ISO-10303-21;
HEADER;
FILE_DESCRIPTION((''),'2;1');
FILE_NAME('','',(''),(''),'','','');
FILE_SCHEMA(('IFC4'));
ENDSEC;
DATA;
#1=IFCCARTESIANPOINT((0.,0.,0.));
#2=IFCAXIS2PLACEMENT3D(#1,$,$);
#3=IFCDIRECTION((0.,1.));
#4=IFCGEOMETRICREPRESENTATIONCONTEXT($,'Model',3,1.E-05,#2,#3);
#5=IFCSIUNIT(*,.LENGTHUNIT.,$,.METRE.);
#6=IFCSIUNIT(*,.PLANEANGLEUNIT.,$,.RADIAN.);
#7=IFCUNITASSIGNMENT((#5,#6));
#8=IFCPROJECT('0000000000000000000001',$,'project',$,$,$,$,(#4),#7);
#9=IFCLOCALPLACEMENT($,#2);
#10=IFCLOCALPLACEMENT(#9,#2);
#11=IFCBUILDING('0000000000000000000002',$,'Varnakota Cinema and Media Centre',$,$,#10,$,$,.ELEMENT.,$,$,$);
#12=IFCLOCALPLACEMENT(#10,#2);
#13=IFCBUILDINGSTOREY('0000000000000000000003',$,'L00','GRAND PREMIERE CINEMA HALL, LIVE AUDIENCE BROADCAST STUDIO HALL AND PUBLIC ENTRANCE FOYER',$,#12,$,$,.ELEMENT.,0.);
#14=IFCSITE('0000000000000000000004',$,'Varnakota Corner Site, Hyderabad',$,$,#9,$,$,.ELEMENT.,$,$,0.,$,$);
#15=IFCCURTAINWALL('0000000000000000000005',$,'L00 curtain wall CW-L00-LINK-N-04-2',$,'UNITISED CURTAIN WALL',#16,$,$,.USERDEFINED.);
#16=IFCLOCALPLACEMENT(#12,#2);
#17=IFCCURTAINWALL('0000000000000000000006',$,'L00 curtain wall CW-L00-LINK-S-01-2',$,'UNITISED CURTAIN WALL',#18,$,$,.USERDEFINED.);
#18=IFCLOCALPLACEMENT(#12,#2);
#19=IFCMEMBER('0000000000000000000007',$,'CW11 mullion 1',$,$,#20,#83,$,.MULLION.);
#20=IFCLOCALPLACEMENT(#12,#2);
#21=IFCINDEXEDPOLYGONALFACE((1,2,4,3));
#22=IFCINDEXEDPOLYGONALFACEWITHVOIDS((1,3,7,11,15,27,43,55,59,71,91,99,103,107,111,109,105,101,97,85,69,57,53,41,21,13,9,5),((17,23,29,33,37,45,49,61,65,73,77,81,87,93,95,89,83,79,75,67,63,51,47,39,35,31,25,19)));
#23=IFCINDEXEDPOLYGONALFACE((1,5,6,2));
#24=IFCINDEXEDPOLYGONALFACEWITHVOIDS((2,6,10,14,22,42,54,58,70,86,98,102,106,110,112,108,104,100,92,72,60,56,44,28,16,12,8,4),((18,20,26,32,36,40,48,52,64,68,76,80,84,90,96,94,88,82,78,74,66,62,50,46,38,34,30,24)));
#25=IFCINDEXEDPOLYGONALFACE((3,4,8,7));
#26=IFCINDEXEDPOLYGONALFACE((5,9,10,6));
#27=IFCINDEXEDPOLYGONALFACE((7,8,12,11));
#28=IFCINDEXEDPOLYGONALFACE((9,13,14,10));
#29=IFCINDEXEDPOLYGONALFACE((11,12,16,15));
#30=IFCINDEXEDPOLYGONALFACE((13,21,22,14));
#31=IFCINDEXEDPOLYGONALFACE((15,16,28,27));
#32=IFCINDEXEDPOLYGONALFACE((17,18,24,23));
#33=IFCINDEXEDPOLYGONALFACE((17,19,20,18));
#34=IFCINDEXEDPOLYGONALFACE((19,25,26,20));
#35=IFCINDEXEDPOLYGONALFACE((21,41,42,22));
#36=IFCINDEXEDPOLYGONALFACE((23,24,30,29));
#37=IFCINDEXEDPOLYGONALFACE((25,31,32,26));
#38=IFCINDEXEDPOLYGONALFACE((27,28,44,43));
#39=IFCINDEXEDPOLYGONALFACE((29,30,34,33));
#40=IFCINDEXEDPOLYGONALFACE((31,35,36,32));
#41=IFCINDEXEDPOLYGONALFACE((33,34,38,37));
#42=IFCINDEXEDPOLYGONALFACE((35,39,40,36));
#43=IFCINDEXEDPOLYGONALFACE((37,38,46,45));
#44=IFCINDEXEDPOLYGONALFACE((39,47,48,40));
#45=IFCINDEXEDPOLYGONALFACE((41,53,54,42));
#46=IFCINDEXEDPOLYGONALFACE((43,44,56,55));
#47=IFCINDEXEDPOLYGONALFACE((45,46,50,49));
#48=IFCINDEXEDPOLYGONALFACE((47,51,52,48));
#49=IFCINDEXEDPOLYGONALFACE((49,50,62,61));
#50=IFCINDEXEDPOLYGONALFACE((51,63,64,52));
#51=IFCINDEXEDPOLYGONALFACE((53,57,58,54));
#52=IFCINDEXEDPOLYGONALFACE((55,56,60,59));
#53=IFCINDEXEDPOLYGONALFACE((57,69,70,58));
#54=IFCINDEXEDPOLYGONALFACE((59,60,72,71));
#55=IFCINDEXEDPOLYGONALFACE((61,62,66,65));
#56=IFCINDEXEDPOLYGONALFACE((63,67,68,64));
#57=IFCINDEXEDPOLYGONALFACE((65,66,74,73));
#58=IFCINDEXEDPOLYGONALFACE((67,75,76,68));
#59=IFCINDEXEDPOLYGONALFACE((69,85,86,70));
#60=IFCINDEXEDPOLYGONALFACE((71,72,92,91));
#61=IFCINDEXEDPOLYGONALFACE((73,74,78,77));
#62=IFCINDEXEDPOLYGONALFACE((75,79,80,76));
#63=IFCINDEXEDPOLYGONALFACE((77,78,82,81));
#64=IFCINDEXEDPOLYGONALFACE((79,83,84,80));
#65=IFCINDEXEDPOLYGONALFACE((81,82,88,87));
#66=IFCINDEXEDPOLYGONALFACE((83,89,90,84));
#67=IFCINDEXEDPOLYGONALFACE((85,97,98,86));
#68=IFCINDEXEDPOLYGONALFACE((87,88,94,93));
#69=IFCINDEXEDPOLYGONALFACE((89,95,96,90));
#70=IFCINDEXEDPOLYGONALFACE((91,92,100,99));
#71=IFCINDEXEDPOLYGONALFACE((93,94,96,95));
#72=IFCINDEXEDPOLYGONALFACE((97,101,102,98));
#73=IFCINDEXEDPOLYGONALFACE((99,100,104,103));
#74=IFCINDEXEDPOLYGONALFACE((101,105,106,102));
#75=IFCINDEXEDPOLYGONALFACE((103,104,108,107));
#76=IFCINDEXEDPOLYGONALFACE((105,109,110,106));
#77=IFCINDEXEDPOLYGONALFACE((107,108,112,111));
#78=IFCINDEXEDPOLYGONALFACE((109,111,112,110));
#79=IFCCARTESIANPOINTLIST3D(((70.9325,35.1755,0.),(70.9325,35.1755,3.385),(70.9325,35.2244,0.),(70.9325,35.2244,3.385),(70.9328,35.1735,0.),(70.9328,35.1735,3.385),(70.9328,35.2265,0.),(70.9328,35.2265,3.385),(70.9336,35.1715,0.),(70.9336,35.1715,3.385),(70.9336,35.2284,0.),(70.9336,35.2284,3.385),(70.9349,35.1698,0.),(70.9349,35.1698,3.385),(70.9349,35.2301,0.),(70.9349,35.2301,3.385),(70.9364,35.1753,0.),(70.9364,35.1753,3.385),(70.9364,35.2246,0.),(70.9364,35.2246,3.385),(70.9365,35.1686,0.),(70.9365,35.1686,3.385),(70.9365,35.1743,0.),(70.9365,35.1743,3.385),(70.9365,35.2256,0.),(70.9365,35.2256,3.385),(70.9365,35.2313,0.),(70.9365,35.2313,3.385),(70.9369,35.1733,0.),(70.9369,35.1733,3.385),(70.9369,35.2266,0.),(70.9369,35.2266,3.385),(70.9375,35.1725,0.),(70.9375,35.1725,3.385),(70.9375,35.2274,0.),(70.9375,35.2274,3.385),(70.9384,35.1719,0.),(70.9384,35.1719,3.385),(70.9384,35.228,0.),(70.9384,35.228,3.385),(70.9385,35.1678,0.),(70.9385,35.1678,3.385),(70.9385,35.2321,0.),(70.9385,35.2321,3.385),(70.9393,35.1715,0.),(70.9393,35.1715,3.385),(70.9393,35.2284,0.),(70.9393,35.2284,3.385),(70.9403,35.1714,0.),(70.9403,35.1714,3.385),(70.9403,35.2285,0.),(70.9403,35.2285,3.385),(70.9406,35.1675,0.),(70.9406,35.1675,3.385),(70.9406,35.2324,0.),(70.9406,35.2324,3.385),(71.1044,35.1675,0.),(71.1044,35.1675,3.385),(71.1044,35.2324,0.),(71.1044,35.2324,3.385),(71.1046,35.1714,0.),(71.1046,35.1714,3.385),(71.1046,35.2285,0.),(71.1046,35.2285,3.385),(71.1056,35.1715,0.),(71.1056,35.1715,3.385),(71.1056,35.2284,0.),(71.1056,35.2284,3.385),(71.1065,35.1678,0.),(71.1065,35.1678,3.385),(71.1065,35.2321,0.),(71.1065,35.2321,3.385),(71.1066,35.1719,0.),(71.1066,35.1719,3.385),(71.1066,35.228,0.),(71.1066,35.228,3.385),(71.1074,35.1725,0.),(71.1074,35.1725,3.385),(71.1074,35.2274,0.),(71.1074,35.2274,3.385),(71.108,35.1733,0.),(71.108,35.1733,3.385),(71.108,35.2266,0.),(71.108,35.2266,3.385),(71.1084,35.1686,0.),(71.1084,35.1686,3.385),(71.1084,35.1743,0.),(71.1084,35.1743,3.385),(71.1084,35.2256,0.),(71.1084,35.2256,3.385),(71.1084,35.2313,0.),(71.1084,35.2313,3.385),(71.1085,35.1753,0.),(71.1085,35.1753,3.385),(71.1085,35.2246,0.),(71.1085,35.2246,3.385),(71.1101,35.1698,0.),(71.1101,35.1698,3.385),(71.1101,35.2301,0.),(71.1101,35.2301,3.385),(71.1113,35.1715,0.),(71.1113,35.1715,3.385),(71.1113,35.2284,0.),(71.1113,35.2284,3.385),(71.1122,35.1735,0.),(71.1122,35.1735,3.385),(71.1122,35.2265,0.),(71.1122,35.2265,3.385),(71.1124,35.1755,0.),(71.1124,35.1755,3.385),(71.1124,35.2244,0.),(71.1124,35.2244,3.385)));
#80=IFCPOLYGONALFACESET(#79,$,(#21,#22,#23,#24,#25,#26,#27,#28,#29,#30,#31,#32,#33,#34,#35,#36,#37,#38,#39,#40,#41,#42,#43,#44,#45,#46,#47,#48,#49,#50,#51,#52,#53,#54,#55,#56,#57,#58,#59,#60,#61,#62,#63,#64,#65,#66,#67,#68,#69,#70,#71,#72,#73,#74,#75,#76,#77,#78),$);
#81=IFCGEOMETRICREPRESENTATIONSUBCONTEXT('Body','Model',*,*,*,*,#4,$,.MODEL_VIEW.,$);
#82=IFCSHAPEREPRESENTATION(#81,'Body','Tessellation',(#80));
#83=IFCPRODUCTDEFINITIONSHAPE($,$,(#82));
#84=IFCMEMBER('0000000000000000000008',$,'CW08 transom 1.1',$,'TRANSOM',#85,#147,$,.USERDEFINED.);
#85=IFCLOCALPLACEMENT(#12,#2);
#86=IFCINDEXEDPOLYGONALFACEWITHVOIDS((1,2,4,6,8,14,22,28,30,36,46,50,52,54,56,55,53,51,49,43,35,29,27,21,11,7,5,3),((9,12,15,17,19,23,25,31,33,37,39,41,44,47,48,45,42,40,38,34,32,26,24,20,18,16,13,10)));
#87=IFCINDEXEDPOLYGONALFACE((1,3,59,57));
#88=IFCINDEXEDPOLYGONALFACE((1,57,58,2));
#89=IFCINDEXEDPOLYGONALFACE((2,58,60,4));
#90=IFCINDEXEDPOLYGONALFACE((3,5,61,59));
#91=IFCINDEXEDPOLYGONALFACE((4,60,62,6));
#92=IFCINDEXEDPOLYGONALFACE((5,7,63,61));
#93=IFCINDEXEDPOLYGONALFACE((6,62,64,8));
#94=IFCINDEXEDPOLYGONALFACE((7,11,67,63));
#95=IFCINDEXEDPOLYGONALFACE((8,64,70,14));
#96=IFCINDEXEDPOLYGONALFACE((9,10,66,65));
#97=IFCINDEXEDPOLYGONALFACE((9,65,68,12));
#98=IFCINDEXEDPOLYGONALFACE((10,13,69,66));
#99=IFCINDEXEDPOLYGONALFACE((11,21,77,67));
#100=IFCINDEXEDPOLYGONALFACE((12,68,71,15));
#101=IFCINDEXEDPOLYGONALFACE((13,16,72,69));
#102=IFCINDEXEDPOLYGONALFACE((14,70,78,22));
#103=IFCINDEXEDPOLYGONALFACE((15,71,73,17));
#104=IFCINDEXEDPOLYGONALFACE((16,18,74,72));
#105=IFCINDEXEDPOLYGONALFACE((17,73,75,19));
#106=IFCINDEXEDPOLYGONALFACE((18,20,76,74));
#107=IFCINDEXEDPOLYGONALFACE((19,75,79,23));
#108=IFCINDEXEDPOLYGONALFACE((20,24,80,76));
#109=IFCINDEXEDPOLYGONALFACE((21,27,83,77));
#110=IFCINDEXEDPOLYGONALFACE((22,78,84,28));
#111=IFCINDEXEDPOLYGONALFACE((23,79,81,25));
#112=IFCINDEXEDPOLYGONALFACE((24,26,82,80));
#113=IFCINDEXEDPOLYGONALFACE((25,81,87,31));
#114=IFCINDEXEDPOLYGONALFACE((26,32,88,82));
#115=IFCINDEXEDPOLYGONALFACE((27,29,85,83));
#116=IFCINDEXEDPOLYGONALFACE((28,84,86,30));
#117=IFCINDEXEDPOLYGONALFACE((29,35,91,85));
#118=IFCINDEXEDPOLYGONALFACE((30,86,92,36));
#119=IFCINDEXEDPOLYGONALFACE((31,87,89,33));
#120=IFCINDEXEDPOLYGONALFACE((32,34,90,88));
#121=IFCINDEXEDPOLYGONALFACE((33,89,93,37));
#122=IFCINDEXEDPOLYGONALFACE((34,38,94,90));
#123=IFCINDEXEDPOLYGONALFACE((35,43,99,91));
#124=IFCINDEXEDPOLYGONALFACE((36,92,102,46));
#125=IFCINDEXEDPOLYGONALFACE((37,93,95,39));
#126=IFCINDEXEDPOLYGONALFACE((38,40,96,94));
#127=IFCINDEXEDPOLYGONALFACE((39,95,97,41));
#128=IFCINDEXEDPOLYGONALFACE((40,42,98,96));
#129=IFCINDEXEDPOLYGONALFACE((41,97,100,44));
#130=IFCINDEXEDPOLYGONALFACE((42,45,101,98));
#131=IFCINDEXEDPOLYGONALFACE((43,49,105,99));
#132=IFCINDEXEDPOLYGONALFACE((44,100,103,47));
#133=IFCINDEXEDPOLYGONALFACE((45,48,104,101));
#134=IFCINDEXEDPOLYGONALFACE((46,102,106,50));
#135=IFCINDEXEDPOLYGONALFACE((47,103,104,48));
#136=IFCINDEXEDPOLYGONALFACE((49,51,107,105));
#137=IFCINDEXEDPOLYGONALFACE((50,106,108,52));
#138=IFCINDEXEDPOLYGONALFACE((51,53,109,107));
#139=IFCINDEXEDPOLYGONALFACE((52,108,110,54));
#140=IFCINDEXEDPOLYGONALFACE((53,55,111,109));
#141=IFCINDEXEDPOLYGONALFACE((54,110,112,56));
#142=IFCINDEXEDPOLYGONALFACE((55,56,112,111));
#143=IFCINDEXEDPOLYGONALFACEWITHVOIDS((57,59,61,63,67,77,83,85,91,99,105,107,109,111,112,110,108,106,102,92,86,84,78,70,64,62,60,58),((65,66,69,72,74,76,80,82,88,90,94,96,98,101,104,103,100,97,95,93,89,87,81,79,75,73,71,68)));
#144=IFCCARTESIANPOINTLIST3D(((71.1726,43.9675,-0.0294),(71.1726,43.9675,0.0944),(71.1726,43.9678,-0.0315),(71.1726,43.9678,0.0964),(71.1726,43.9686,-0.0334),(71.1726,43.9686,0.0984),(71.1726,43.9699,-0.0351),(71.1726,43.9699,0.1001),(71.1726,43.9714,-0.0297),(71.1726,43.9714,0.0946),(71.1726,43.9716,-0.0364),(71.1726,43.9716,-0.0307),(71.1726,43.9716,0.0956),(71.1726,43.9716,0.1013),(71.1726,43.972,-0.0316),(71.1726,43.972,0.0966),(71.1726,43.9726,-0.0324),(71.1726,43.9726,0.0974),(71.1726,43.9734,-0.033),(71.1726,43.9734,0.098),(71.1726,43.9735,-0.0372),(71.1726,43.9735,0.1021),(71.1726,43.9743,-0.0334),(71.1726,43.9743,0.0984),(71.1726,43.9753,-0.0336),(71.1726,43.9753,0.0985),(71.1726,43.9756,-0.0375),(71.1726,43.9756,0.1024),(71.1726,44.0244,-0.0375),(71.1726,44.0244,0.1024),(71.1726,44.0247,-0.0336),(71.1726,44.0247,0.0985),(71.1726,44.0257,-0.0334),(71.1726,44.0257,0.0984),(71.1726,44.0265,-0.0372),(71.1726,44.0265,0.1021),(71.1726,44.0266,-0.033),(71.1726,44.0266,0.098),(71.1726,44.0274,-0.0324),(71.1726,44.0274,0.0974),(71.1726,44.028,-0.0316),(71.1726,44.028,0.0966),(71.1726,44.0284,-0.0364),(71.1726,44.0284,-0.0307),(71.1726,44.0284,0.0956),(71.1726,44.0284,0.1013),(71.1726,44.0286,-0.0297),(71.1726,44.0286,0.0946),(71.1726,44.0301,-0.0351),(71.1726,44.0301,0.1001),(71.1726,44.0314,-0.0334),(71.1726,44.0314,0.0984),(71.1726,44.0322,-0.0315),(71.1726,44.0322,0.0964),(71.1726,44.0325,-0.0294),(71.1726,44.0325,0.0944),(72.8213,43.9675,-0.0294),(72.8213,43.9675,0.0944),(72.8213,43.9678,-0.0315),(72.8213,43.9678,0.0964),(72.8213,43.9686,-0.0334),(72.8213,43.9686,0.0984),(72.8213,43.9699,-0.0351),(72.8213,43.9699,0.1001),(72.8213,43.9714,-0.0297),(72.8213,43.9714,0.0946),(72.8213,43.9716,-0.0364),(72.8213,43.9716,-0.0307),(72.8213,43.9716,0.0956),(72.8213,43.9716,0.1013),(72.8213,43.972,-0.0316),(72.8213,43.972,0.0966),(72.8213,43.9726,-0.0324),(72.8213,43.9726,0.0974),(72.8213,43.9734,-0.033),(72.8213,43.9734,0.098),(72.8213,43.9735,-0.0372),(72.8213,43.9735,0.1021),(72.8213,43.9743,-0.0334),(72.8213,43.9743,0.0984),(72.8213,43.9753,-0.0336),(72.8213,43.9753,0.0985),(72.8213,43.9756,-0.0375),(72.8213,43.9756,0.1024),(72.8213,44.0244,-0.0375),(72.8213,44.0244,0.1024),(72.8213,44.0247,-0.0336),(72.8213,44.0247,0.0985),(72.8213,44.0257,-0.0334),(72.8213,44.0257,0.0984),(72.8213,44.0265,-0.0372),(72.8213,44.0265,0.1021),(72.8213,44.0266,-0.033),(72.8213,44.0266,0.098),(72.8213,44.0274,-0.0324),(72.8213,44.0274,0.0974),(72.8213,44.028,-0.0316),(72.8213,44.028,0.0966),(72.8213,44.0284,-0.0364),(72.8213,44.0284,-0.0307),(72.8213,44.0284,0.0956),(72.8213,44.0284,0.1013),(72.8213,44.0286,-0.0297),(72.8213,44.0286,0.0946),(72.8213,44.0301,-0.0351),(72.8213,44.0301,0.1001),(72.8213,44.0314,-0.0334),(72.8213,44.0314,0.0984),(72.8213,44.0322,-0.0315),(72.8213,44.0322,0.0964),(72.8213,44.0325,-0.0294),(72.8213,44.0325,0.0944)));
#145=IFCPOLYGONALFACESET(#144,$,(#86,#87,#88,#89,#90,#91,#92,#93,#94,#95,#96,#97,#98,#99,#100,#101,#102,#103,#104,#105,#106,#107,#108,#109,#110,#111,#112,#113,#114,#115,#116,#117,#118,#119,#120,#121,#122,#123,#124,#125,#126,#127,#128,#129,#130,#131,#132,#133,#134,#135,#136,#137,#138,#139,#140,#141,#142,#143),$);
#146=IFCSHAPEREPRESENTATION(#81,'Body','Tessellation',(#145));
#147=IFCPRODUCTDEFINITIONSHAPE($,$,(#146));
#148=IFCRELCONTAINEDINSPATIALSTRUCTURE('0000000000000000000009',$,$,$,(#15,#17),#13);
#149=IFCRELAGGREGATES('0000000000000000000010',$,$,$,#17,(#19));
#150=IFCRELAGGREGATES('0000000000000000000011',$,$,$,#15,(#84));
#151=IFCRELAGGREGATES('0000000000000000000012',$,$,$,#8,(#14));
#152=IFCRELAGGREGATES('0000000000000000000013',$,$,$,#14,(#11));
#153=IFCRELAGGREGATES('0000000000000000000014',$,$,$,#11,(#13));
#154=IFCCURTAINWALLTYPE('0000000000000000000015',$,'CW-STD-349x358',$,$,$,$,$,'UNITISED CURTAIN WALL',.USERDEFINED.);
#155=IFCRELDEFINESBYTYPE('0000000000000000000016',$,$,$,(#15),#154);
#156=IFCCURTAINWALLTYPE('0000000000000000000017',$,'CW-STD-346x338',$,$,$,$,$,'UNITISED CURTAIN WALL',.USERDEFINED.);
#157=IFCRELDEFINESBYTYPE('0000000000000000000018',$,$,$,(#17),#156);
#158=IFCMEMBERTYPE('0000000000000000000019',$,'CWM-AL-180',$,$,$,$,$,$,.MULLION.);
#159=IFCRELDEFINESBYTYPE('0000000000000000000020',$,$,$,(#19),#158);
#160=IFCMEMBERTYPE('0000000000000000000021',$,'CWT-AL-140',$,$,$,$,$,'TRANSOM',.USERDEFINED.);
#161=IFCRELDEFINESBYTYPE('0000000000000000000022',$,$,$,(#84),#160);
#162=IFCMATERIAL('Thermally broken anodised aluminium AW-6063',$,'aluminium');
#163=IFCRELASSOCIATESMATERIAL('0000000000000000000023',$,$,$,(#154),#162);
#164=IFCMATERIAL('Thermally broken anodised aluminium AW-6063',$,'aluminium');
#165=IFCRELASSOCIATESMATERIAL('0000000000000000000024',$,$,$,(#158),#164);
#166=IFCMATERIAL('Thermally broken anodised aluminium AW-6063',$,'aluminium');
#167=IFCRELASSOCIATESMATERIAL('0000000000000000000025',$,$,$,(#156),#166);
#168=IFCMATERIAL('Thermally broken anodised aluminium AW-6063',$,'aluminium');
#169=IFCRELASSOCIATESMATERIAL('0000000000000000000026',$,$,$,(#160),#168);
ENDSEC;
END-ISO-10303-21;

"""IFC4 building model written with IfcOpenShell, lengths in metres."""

from ifc_helpers import new_model, si_unit, direction, frame, origin, origin_2d, place, context, subcontext, project, spatial, hollow_rectangle, extrude, material, material_profile, profile_set, type_object, element, aggregate, save


model = new_model("IFC4")

# Units and contexts
model_context = context("Model", 3, precision=1e-05, world=origin(), true_north=direction((0.0, 1.0)))
body_context = subcontext(model_context, "Body", "Model", "MODEL_VIEW")
ifc_project = project(units=[si_unit("LENGTHUNIT", "METRE"), si_unit("PLANEANGLEUNIT", "RADIAN")], contexts=[model_context])

# Site, building, storey
site_placement = place(None, origin())
site = spatial("IfcSite", under=ifc_project, at=site_placement, Name="Varnakota Corner Site, Hyderabad", CompositionType="ELEMENT", RefElevation=0.0)
building_placement = place(site_placement, origin())
building = spatial("IfcBuilding", under=site, at=building_placement, Name="Varnakota Cinema and Media Centre", CompositionType="ELEMENT")
storey_placement = place(building_placement, origin())
storey = spatial("IfcBuildingStorey", under=building, at=storey_placement, Name="L00", Description="GRAND PREMIERE CINEMA HALL, LIVE AUDIENCE BROADCAST STUDIO HALL AND PUBLIC ENTRANCE FOYER", CompositionType="ELEMENT", Elevation=0.0)

# Curtain wall
ifc_material_1 = material(Name="Thermally broken anodised aluminium AW-6063", Category="aluminium")
curtain_wall_type_1 = type_object("IfcCurtainWallType", Name="CW-STD-349x358", ElementType="UNITISED CURTAIN WALL", PredefinedType="USERDEFINED", material=ifc_material_1)
ifc_material_2 = material(Name="Thermally broken anodised aluminium AW-6063", Category="aluminium")
ifc_material_profile_1 = material_profile(ifc_material_2, hollow_rectangle(XDim=0.0649, YDim=0.1799, WallThickness=0.0039, InnerFilletRadius=0.0039, OuterFilletRadius=0.0081, at=origin_2d()), Name="AL-MULLION 180x65x4")
ifc_profile_set_1 = profile_set([ifc_material_profile_1], Name="Thermally broken anodised aluminium AW-6063")
member_type_1 = type_object("IfcMemberType", Name="CWM-AL-180", PredefinedType="MULLION", material=ifc_profile_set_1)
curtain_wall_1_placement = place(storey_placement, origin())
curtain_wall_1 = element("IfcCurtainWall", 1, at=curtain_wall_1_placement, inside=storey, type_object=curtain_wall_type_1, Name="L00 curtain wall CW-L00-LINK-N-04-2", ObjectType="UNITISED CURTAIN WALL", PredefinedType="USERDEFINED")

# Shared definitions
ifc_material_3 = material(Name="Thermally broken anodised aluminium AW-6063", Category="aluminium")
curtain_wall_type_2 = type_object("IfcCurtainWallType", Name="CW-STD-346x338", ElementType="UNITISED CURTAIN WALL", PredefinedType="USERDEFINED", material=ifc_material_3)

# Curtain wall, member
curtain_wall_2_placement = place(storey_placement, origin())
curtain_wall_2 = element("IfcCurtainWall", 2, at=curtain_wall_2_placement, inside=storey, type_object=curtain_wall_type_2, Name="L00 curtain wall CW-L00-LINK-S-01-2", ObjectType="UNITISED CURTAIN WALL", PredefinedType="USERDEFINED")
member_1_placement = place(storey_placement, frame((71.0225, 35.2, 0.0), z_axis=(0.0, 0.0, 1.0), x_axis=(0.0, -1.0, 0.0)))
member_1 = element("IfcMember", 3, at=member_1_placement, type_object=member_type_1, Name="CW11 mullion 1", PredefinedType="MULLION", context=body_context, shape_type="SweptSolid", body=[
    extrude(hollow_rectangle(XDim=0.0649, YDim=0.1799, WallThickness=0.0039, InnerFilletRadius=0.0039, OuterFilletRadius=0.0081, at=origin_2d()), origin(), (0.0, 0.0, 1.0), 3.385),
])

# Member
ifc_material_4 = material(Name="Thermally broken anodised aluminium AW-6063", Category="aluminium")
ifc_material_profile_2 = material_profile(ifc_material_4, hollow_rectangle(XDim=0.0649, YDim=0.1399, WallThickness=0.0039, InnerFilletRadius=0.0039, OuterFilletRadius=0.0081, at=origin_2d()), Name="AL-TRANSOM 140x65x4")
ifc_profile_set_2 = profile_set([ifc_material_profile_2], Name="Thermally broken anodised aluminium AW-6063")
member_type_2 = type_object("IfcMemberType", Name="CWT-AL-140", ElementType="TRANSOM", PredefinedType="USERDEFINED", material=ifc_profile_set_2)
member_2_placement = place(storey_placement, frame((71.1726, 44.0, 0.0325), z_axis=(1.0, 0.0, 0.0), x_axis=(0.0, 1.0, 0.0)))
member_2 = element("IfcMember", 4, at=member_2_placement, type_object=member_type_2, Name="CW08 transom 1.1", ObjectType="TRANSOM", PredefinedType="USERDEFINED", context=body_context, shape_type="SweptSolid", body=[
    extrude(hollow_rectangle(XDim=0.0649, YDim=0.1399, WallThickness=0.0039, InnerFilletRadius=0.0039, OuterFilletRadius=0.0081, at=origin_2d()), origin(), (0.0, 0.0, 1.0), 1.6487),
])
aggregate(curtain_wall_2, [member_1])

aggregate(curtain_wall_1, [member_2])

save(model, "model.ifc")
